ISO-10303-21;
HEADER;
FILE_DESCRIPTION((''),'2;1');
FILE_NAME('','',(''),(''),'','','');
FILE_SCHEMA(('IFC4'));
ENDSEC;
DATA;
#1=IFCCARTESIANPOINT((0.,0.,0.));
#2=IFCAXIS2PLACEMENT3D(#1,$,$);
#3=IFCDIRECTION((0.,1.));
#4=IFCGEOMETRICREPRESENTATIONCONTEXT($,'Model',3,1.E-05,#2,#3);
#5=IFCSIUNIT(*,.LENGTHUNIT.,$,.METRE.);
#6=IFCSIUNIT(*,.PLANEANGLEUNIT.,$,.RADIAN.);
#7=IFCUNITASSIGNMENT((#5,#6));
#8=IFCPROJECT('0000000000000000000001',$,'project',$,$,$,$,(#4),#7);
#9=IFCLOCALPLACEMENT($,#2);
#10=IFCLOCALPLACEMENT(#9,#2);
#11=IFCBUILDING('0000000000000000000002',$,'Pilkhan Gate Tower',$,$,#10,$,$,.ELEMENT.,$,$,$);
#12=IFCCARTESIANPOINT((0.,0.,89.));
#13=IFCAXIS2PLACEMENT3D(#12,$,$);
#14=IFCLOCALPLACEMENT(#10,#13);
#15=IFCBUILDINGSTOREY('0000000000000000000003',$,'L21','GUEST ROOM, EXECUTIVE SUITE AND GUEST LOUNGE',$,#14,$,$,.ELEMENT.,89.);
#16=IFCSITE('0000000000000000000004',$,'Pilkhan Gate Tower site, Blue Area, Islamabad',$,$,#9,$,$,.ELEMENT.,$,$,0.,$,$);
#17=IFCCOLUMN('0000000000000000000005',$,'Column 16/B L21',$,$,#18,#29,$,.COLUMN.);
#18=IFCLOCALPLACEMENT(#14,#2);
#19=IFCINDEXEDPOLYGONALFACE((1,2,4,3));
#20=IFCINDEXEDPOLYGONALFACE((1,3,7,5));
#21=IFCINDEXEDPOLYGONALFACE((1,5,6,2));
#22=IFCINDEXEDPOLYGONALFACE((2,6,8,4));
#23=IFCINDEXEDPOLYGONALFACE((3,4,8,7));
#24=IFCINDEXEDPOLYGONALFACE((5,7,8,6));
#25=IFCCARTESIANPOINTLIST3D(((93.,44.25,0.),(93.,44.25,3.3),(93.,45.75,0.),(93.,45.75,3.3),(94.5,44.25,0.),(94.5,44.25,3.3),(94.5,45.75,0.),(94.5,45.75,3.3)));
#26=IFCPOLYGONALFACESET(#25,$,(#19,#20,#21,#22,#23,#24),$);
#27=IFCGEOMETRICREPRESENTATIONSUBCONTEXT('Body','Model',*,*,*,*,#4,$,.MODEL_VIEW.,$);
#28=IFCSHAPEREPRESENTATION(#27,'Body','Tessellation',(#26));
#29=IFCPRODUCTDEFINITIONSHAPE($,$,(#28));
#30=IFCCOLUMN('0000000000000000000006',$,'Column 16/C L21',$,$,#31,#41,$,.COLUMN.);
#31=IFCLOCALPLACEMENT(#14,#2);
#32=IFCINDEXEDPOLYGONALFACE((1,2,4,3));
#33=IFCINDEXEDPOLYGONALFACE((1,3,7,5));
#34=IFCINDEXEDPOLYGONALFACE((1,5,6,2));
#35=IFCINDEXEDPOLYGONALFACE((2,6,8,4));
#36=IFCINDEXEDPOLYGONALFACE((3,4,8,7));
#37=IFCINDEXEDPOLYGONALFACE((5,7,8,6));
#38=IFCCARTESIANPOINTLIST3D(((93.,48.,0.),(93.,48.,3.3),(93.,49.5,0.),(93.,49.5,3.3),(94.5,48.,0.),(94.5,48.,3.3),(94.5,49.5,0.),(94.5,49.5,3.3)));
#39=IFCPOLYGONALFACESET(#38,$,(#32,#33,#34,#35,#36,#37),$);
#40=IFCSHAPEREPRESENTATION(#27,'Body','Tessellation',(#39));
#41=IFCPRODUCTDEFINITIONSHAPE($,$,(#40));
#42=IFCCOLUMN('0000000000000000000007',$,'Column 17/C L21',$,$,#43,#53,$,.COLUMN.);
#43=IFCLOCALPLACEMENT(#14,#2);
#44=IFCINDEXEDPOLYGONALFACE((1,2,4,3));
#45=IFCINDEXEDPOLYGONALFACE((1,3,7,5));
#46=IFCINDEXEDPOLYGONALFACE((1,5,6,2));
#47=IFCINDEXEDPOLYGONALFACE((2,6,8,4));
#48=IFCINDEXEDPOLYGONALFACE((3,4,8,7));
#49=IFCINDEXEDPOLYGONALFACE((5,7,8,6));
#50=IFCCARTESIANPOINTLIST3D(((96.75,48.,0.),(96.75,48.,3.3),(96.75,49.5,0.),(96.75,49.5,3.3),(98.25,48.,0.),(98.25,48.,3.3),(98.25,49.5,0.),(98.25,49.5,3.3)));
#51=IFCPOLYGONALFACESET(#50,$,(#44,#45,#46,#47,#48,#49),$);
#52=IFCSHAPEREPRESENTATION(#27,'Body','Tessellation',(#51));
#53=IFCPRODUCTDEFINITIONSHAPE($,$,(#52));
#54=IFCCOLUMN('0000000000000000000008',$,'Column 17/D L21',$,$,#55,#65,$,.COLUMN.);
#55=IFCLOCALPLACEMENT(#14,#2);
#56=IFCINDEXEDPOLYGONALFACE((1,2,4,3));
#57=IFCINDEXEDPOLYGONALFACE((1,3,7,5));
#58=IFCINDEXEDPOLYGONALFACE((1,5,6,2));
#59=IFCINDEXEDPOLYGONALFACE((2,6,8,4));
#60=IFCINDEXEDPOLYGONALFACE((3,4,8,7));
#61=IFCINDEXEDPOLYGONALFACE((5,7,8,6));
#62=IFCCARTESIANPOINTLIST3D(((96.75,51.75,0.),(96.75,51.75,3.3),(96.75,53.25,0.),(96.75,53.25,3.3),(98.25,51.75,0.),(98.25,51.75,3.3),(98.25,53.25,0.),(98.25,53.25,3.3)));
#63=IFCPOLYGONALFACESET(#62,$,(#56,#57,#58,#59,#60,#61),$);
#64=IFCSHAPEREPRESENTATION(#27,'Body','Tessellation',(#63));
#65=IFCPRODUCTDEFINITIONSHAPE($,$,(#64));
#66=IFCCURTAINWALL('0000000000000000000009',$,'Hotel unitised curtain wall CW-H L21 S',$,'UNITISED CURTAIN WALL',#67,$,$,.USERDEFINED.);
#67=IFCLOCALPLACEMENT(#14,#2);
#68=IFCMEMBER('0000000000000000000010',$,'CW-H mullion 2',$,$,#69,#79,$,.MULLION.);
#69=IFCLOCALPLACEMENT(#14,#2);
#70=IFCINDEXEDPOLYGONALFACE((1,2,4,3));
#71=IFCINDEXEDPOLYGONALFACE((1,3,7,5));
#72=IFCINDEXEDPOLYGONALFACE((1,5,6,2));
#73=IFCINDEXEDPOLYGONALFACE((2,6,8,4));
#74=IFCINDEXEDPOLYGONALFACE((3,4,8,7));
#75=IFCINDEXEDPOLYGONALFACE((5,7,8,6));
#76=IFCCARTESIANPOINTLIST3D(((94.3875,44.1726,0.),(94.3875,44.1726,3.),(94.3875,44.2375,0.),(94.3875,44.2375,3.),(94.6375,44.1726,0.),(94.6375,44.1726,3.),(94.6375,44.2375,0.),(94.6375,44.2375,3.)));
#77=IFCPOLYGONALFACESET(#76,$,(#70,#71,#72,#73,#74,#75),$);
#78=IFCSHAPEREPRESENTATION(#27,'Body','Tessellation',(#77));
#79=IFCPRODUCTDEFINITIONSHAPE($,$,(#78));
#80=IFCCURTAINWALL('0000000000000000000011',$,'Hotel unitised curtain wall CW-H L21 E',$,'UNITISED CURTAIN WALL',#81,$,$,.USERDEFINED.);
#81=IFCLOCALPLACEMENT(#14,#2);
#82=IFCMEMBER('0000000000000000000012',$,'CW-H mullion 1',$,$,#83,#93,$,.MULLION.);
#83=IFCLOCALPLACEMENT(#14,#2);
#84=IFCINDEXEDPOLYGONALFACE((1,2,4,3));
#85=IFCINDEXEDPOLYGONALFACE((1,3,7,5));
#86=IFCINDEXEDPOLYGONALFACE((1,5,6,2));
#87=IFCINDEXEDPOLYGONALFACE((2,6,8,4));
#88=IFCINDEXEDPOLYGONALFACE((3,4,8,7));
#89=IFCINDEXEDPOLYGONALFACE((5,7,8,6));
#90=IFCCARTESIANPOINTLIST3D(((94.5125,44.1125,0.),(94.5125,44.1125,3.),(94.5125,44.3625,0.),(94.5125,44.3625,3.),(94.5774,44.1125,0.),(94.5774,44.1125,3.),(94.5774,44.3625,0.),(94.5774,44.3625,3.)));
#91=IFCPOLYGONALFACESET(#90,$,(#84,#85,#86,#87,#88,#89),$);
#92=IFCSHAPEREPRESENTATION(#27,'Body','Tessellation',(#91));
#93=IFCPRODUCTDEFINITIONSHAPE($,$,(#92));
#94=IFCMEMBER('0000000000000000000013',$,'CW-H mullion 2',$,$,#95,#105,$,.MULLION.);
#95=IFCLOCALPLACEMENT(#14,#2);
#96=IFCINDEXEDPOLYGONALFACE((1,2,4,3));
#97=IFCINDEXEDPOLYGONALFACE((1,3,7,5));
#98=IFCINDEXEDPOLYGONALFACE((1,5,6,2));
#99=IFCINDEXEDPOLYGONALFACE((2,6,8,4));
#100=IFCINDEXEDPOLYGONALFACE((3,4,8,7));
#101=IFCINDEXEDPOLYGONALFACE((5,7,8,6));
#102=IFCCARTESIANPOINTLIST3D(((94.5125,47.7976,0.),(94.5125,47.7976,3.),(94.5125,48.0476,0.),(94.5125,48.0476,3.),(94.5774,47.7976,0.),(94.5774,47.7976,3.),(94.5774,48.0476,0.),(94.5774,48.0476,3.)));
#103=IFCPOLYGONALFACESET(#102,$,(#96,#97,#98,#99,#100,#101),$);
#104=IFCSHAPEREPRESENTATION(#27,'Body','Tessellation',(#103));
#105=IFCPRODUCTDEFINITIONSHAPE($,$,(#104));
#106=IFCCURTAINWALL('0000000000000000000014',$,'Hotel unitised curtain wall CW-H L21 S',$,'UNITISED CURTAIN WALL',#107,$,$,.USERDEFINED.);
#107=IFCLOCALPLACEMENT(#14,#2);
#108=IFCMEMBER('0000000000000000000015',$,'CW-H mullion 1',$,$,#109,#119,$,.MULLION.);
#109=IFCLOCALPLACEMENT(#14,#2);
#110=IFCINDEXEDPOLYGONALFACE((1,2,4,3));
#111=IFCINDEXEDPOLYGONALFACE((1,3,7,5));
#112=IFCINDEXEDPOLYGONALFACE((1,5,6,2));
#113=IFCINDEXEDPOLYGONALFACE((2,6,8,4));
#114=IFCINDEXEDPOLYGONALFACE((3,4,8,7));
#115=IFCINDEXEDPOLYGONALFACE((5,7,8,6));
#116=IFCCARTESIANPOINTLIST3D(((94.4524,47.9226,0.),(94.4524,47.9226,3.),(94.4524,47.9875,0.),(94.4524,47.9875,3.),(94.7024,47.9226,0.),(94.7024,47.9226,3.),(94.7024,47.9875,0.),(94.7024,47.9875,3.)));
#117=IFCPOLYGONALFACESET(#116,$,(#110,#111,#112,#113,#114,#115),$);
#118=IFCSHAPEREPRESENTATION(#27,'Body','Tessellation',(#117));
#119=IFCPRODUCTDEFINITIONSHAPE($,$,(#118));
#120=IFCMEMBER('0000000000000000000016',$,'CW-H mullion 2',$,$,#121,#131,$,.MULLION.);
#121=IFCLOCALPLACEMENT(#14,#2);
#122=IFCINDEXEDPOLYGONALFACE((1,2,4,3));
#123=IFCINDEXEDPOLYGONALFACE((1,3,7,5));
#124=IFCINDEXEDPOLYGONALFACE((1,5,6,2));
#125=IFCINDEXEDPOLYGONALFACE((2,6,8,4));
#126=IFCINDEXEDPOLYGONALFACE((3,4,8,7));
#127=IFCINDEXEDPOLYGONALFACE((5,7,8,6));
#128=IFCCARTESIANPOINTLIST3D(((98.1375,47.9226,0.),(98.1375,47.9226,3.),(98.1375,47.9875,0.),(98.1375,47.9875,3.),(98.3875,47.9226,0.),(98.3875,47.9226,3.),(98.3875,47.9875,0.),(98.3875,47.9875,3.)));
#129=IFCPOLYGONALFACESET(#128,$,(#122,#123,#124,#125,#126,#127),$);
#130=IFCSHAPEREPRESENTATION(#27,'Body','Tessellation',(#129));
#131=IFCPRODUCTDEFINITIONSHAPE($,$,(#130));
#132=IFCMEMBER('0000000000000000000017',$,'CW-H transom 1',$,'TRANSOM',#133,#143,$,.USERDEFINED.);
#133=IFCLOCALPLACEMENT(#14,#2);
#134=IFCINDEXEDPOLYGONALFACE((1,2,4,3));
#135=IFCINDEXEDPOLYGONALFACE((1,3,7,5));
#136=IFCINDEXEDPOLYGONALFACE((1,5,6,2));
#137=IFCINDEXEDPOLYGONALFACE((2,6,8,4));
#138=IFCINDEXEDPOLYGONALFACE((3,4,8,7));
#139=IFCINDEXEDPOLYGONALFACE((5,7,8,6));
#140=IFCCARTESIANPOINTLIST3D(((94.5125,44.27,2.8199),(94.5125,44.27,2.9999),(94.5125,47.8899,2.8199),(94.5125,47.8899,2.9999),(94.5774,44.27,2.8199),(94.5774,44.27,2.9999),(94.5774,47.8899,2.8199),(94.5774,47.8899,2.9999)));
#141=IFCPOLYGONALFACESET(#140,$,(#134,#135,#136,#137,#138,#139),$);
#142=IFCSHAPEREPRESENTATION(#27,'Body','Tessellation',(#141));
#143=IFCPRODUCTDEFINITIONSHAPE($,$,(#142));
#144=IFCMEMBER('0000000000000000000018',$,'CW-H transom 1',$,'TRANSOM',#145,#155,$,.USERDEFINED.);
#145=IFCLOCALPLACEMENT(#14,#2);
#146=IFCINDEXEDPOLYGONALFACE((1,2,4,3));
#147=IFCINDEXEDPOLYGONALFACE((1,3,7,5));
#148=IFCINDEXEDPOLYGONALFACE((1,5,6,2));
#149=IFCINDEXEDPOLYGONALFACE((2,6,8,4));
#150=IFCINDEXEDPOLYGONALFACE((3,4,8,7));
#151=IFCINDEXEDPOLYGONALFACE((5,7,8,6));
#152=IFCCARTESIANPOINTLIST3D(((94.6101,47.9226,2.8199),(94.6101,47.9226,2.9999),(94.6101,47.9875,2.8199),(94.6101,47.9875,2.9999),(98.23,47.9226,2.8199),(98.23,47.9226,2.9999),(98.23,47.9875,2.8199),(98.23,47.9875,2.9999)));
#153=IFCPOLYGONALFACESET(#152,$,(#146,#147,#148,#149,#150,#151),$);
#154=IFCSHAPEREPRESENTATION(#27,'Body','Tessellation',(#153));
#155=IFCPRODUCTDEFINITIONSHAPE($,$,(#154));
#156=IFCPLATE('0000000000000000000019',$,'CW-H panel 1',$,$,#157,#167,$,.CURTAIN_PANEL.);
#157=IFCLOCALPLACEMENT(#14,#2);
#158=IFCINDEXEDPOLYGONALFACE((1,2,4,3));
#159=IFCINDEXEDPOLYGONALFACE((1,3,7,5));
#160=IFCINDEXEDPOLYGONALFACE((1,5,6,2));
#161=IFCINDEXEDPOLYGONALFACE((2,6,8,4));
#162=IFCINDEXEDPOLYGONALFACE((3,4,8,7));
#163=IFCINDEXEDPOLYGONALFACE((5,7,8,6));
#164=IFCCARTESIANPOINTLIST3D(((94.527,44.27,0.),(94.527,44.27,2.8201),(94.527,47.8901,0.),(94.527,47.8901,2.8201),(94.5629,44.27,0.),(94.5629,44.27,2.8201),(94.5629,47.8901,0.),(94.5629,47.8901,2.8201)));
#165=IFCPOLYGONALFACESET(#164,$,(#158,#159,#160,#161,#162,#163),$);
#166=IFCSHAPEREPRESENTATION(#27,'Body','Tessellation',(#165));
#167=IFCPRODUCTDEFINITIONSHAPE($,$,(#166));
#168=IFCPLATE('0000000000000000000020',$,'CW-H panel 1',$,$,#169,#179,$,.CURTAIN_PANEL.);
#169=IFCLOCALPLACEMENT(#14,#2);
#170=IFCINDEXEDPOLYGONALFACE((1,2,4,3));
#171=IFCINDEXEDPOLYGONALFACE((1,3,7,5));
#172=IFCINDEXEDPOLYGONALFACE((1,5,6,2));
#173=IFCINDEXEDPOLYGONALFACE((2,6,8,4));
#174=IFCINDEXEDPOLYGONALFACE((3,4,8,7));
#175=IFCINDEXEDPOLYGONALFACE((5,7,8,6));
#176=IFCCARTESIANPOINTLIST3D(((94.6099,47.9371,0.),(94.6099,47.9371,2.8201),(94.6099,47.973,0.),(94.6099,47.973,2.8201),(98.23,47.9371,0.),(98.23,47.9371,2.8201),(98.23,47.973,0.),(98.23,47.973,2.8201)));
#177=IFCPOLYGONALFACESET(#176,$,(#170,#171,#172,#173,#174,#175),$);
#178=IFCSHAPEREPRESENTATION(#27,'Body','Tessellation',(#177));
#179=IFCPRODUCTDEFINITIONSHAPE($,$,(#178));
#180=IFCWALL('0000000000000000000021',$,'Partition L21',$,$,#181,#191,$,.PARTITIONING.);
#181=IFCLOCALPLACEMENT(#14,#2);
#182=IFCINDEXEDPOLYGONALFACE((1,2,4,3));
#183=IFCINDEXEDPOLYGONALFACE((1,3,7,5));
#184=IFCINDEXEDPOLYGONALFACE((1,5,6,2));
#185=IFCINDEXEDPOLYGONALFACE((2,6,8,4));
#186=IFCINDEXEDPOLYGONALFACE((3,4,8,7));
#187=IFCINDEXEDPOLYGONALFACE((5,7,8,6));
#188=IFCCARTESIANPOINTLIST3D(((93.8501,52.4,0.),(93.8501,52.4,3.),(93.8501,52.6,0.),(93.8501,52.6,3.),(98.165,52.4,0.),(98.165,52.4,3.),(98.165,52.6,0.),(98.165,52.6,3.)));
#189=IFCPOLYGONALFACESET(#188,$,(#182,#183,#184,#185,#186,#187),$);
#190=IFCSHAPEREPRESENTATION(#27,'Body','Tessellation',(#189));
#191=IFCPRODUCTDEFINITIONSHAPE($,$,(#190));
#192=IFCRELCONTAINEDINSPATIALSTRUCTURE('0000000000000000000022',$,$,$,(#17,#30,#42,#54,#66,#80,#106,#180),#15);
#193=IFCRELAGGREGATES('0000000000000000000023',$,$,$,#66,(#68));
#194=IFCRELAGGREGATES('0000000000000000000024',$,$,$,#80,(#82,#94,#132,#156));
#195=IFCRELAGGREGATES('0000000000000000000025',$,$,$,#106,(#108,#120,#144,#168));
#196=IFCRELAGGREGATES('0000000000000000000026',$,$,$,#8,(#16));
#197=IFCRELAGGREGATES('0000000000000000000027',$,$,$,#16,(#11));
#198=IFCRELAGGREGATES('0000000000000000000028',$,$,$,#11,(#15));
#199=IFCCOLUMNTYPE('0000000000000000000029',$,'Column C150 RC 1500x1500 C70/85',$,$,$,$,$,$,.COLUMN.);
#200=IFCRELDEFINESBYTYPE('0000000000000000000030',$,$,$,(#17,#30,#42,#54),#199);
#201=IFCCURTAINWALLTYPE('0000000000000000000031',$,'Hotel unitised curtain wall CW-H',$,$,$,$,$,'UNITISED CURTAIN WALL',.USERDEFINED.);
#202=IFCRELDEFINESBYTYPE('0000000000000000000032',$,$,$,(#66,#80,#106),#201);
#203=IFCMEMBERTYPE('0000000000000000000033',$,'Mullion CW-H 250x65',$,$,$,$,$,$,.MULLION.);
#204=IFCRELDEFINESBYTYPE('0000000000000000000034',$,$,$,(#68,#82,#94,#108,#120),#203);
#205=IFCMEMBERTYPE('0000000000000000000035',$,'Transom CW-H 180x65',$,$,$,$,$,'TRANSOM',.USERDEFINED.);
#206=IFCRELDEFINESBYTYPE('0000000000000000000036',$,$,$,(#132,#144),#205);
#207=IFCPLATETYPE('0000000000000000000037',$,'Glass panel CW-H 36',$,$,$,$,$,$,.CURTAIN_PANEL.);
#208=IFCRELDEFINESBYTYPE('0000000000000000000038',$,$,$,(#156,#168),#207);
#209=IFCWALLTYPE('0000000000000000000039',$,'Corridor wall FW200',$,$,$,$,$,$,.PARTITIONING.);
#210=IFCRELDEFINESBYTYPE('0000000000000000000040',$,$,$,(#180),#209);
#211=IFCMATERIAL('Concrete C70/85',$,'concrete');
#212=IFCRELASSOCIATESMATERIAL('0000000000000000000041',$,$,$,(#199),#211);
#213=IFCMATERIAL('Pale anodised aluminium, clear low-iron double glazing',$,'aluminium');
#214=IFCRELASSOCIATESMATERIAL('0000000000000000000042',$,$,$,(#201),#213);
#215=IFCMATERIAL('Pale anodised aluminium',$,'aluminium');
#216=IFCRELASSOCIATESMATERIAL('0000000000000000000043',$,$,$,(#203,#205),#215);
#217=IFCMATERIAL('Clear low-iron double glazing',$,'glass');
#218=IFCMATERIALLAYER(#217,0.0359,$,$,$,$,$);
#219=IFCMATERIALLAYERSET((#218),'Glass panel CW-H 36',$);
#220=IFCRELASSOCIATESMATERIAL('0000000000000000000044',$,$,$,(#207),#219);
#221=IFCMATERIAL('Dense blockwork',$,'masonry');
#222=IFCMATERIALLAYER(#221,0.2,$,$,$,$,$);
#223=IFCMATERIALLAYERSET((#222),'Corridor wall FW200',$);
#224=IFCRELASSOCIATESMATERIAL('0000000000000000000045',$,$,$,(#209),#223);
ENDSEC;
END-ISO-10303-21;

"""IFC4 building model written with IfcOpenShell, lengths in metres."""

from ifc_helpers import new_model, si_unit, direction, frame, frame_2d, origin, origin_2d, place, context, subcontext, project, spatial, rectangle, extrude, material, layer, layer_set, material_profile, profile_set, type_object, element, aggregate, save


model = new_model("IFC4")

# Units and contexts
model_context = context("Model", 3, precision=1e-05, world=origin(), true_north=direction((0.0, 1.0)))
body_context = subcontext(model_context, "Body", "Model", "MODEL_VIEW")
ifc_project = project(units=[si_unit("LENGTHUNIT", "METRE"), si_unit("PLANEANGLEUNIT", "RADIAN")], contexts=[model_context])

# Site, building, storey
site_placement = place(None, origin())
site = spatial("IfcSite", under=ifc_project, at=site_placement, Name="Pilkhan Gate Tower site, Blue Area, Islamabad", CompositionType="ELEMENT", RefElevation=0.0)
building_placement = place(site_placement, origin())
building = spatial("IfcBuilding", under=site, at=building_placement, Name="Pilkhan Gate Tower", CompositionType="ELEMENT")
storey_placement = place(building_placement, frame((0.0, 0.0, 89.0)))
storey = spatial("IfcBuildingStorey", under=building, at=storey_placement, Name="L21", Description="GUEST ROOM, EXECUTIVE SUITE AND GUEST LOUNGE", CompositionType="ELEMENT", Elevation=89.0)

# Columns
ifc_material_1 = material(Name="Concrete C70/85", Category="concrete")
ifc_material_profile_1 = material_profile(ifc_material_1, rectangle(XDim=1.5, YDim=1.5, at=origin_2d()), Name="RC 1500x1500")
ifc_profile_set_1 = profile_set([ifc_material_profile_1], Name="Concrete C70/85")
column_type = type_object("IfcColumnType", Name="Column C150 RC 1500x1500 C70/85", PredefinedType="COLUMN", material=ifc_profile_set_1)
for number, where, z_axis, x_axis, name in (
    (1, (93.75, 45.0, 0.0), (0.0, 0.0, 1.0), (1.0, 0.0, 0.0), "Column 16/B L21"),
    (2, (93.75, 48.75, 0.0), (0.0, 0.0, 1.0), (1.0, 0.0, 0.0), "Column 16/C L21"),
    (3, (97.5, 48.75, 0.0), (0.0, 0.0, 1.0), (1.0, 0.0, 0.0), "Column 17/C L21"),
    (4, (97.5, 52.5, 0.0), (0.0, 0.0, 1.0), (1.0, 0.0, 0.0), "Column 17/D L21"),
):
    element("IfcColumn", number, at=place(storey_placement, frame(where, z_axis=z_axis, x_axis=x_axis)), inside=storey, type_object=column_type, Name=name, PredefinedType="COLUMN", context=body_context, shape_type="SweptSolid", body=[
        extrude(rectangle(XDim=1.5, YDim=1.5, at=origin_2d()), origin(), (0.0, 0.0, 1.0), 3.3),
    ])

# Curtain wall, member
ifc_material_2 = material(Name="Pale anodised aluminium, clear low-iron double glazing", Category="aluminium")
curtain_wall_type = type_object("IfcCurtainWallType", Name="Hotel unitised curtain wall CW-H", ElementType="UNITISED CURTAIN WALL", PredefinedType="USERDEFINED", material=ifc_material_2)
curtain_wall_1_placement = place(storey_placement, origin())
curtain_wall_1 = element("IfcCurtainWall", 5, at=curtain_wall_1_placement, inside=storey, type_object=curtain_wall_type, Name="Hotel unitised curtain wall CW-H L21 S", ObjectType="UNITISED CURTAIN WALL", PredefinedType="USERDEFINED")
ifc_material_3 = material(Name="Pale anodised aluminium", Category="aluminium")
ifc_material_profile_2 = material_profile(ifc_material_3, rectangle(XDim=0.0649, YDim=0.25, at=origin_2d()), Name="Mullion 250x65")
ifc_profile_set_2 = profile_set([ifc_material_profile_2], Name="Pale anodised aluminium")
member_type_1 = type_object("IfcMemberType", Name="Mullion CW-H 250x65", PredefinedType="MULLION", material=ifc_profile_set_2)
member_1_placement = place(storey_placement, frame((94.5125, 44.2051, 0.0), z_axis=(0.0, 0.0, 1.0), x_axis=(0.0, 1.0, 0.0)))
member_1 = element("IfcMember", 6, at=member_1_placement, type_object=member_type_1, Name="CW-H mullion 2", PredefinedType="MULLION", context=body_context, shape_type="SweptSolid", body=[
    extrude(rectangle(XDim=0.0649, YDim=0.25, at=origin_2d()), origin(), (0.0, 0.0, 1.0), 3.0),
])
aggregate(curtain_wall_1, [member_1])

# Curtain walls, members
curtain_wall_2_placement = place(storey_placement, origin())
curtain_wall_2 = element("IfcCurtainWall", 7, at=curtain_wall_2_placement, inside=storey, type_object=curtain_wall_type, Name="Hotel unitised curtain wall CW-H L21 E", ObjectType="UNITISED CURTAIN WALL", PredefinedType="USERDEFINED")
member_2_placement = place(storey_placement, frame((94.5449, 44.2375, 0.0), z_axis=(0.0, 0.0, 1.0), x_axis=(-1.0, 0.0, 0.0)))
member_2 = element("IfcMember", 8, at=member_2_placement, type_object=member_type_1, Name="CW-H mullion 1", PredefinedType="MULLION", context=body_context, shape_type="SweptSolid", body=[
    extrude(rectangle(XDim=0.0649, YDim=0.25, at=origin_2d()), origin(), (0.0, 0.0, 1.0), 3.0),
])
member_3_placement = place(storey_placement, frame((94.5449, 47.9226, 0.0), z_axis=(0.0, 0.0, 1.0), x_axis=(-1.0, 0.0, 0.0)))
member_3 = element("IfcMember", 9, at=member_3_placement, type_object=member_type_1, Name="CW-H mullion 2", PredefinedType="MULLION", context=body_context, shape_type="SweptSolid", body=[
    extrude(rectangle(XDim=0.0649, YDim=0.25, at=origin_2d()), origin(), (0.0, 0.0, 1.0), 3.0),
])
curtain_wall_3_placement = place(storey_placement, origin())
curtain_wall_3 = element("IfcCurtainWall", 10, at=curtain_wall_3_placement, inside=storey, type_object=curtain_wall_type, Name="Hotel unitised curtain wall CW-H L21 S", ObjectType="UNITISED CURTAIN WALL", PredefinedType="USERDEFINED")
member_4_placement = place(storey_placement, frame((94.5774, 47.9551, 0.0), z_axis=(0.0, 0.0, 1.0), x_axis=(0.0, 1.0, 0.0)))
member_4 = element("IfcMember", 11, at=member_4_placement, type_object=member_type_1, Name="CW-H mullion 1", PredefinedType="MULLION", context=body_context, shape_type="SweptSolid", body=[
    extrude(rectangle(XDim=0.0649, YDim=0.25, at=origin_2d()), origin(), (0.0, 0.0, 1.0), 3.0),
])
member_5_placement = place(storey_placement, frame((98.2625, 47.9551, 0.0), z_axis=(0.0, 0.0, 1.0), x_axis=(0.0, 1.0, 0.0)))
member_5 = element("IfcMember", 12, at=member_5_placement, type_object=member_type_1, Name="CW-H mullion 2", PredefinedType="MULLION", context=body_context, shape_type="SweptSolid", body=[
    extrude(rectangle(XDim=0.0649, YDim=0.25, at=origin_2d()), origin(), (0.0, 0.0, 1.0), 3.0),
])

# Members
ifc_material_profile_3 = material_profile(ifc_material_3, rectangle(XDim=0.0649, YDim=0.1799, at=origin_2d()), Name="Transom 180x65")
ifc_profile_set_3 = profile_set([ifc_material_profile_3], Name="Pale anodised aluminium")
member_type_2 = type_object("IfcMemberType", Name="Transom CW-H 180x65", ElementType="TRANSOM", PredefinedType="USERDEFINED", material=ifc_profile_set_3)
member_6_placement = place(storey_placement, frame((94.5449, 44.27, 2.9099), z_axis=(0.0, 1.0, 0.0), x_axis=(-1.0, 0.0, 0.0)))
member_6 = element("IfcMember", 13, at=member_6_placement, type_object=member_type_2, Name="CW-H transom 1", ObjectType="TRANSOM", PredefinedType="USERDEFINED", context=body_context, shape_type="SweptSolid", body=[
    extrude(rectangle(XDim=0.0649, YDim=0.1799, at=origin_2d()), origin(), (0.0, 0.0, 1.0), 3.6199),
])
member_7_placement = place(storey_placement, frame((94.6101, 47.9551, 2.9099), z_axis=(1.0, 0.0, 0.0), x_axis=(0.0, 1.0, 0.0)))
member_7 = element("IfcMember", 14, at=member_7_placement, type_object=member_type_2, Name="CW-H transom 1", ObjectType="TRANSOM", PredefinedType="USERDEFINED", context=body_context, shape_type="SweptSolid", body=[
    extrude(rectangle(XDim=0.0649, YDim=0.1799, at=origin_2d()), origin(), (0.0, 0.0, 1.0), 3.6199),
])

# Plates
ifc_material_4 = material(Name="Clear low-iron double glazing", Category="glass")
ifc_layer_1 = layer(ifc_material_4, 0.0359)
ifc_layer_set_1 = layer_set([ifc_layer_1], Name="Glass panel CW-H 36")
plate_type = type_object("IfcPlateType", Name="Glass panel CW-H 36", PredefinedType="CURTAIN_PANEL", material=ifc_layer_set_1)
plate_1_placement = place(storey_placement, frame((94.5449, 46.0801, 0.0), z_axis=(0.0, 0.0, 1.0), x_axis=(0.0, 1.0, 0.0)))
plate_1 = element("IfcPlate", 15, at=plate_1_placement, type_object=plate_type, Name="CW-H panel 1", PredefinedType="CURTAIN_PANEL", context=body_context, shape_type="SweptSolid", body=[
    extrude(rectangle(XDim=3.6201, YDim=0.0359, at=origin_2d()), origin(), (0.0, 0.0, 1.0), 2.8201),
])
aggregate(curtain_wall_2, [member_2, member_3, member_6, plate_1])
plate_2_placement = place(storey_placement, frame((96.4199, 47.9551, 0.0), z_axis=(0.0, 0.0, 1.0), x_axis=(1.0, 0.0, 0.0)))
plate_2 = element("IfcPlate", 16, at=plate_2_placement, type_object=plate_type, Name="CW-H panel 1", PredefinedType="CURTAIN_PANEL", context=body_context, shape_type="SweptSolid", body=[
    extrude(rectangle(XDim=3.6201, YDim=0.0359, at=origin_2d()), origin(), (0.0, 0.0, 1.0), 2.8201),
])
aggregate(curtain_wall_3, [member_4, member_5, member_7, plate_2])

# Wall
ifc_material_5 = material(Name="Dense blockwork", Category="masonry")
ifc_layer_2 = layer(ifc_material_5, 0.2)
ifc_layer_set_2 = layer_set([ifc_layer_2], Name="Corridor wall FW200")
wall_type_1 = type_object("IfcWallType", Name="Corridor wall FW200", PredefinedType="PARTITIONING", material=ifc_layer_set_2)
wall_1_placement = place(storey_placement, frame((93.8501, 52.5, 0.0), z_axis=(0.0, 0.0, 1.0), x_axis=(1.0, 0.0, 0.0)))
element("IfcWall", 17, at=wall_1_placement, inside=storey, type_object=wall_type_1, Name="Partition L21", PredefinedType="PARTITIONING", context=body_context, shape_type="SweptSolid", body=[
    extrude(rectangle(XDim=4.3149, YDim=0.2, at=frame_2d((2.1575, 0.0))), origin(), (0.0, 0.0, 1.0), 3.0),
])

save(model, "model.ifc")
